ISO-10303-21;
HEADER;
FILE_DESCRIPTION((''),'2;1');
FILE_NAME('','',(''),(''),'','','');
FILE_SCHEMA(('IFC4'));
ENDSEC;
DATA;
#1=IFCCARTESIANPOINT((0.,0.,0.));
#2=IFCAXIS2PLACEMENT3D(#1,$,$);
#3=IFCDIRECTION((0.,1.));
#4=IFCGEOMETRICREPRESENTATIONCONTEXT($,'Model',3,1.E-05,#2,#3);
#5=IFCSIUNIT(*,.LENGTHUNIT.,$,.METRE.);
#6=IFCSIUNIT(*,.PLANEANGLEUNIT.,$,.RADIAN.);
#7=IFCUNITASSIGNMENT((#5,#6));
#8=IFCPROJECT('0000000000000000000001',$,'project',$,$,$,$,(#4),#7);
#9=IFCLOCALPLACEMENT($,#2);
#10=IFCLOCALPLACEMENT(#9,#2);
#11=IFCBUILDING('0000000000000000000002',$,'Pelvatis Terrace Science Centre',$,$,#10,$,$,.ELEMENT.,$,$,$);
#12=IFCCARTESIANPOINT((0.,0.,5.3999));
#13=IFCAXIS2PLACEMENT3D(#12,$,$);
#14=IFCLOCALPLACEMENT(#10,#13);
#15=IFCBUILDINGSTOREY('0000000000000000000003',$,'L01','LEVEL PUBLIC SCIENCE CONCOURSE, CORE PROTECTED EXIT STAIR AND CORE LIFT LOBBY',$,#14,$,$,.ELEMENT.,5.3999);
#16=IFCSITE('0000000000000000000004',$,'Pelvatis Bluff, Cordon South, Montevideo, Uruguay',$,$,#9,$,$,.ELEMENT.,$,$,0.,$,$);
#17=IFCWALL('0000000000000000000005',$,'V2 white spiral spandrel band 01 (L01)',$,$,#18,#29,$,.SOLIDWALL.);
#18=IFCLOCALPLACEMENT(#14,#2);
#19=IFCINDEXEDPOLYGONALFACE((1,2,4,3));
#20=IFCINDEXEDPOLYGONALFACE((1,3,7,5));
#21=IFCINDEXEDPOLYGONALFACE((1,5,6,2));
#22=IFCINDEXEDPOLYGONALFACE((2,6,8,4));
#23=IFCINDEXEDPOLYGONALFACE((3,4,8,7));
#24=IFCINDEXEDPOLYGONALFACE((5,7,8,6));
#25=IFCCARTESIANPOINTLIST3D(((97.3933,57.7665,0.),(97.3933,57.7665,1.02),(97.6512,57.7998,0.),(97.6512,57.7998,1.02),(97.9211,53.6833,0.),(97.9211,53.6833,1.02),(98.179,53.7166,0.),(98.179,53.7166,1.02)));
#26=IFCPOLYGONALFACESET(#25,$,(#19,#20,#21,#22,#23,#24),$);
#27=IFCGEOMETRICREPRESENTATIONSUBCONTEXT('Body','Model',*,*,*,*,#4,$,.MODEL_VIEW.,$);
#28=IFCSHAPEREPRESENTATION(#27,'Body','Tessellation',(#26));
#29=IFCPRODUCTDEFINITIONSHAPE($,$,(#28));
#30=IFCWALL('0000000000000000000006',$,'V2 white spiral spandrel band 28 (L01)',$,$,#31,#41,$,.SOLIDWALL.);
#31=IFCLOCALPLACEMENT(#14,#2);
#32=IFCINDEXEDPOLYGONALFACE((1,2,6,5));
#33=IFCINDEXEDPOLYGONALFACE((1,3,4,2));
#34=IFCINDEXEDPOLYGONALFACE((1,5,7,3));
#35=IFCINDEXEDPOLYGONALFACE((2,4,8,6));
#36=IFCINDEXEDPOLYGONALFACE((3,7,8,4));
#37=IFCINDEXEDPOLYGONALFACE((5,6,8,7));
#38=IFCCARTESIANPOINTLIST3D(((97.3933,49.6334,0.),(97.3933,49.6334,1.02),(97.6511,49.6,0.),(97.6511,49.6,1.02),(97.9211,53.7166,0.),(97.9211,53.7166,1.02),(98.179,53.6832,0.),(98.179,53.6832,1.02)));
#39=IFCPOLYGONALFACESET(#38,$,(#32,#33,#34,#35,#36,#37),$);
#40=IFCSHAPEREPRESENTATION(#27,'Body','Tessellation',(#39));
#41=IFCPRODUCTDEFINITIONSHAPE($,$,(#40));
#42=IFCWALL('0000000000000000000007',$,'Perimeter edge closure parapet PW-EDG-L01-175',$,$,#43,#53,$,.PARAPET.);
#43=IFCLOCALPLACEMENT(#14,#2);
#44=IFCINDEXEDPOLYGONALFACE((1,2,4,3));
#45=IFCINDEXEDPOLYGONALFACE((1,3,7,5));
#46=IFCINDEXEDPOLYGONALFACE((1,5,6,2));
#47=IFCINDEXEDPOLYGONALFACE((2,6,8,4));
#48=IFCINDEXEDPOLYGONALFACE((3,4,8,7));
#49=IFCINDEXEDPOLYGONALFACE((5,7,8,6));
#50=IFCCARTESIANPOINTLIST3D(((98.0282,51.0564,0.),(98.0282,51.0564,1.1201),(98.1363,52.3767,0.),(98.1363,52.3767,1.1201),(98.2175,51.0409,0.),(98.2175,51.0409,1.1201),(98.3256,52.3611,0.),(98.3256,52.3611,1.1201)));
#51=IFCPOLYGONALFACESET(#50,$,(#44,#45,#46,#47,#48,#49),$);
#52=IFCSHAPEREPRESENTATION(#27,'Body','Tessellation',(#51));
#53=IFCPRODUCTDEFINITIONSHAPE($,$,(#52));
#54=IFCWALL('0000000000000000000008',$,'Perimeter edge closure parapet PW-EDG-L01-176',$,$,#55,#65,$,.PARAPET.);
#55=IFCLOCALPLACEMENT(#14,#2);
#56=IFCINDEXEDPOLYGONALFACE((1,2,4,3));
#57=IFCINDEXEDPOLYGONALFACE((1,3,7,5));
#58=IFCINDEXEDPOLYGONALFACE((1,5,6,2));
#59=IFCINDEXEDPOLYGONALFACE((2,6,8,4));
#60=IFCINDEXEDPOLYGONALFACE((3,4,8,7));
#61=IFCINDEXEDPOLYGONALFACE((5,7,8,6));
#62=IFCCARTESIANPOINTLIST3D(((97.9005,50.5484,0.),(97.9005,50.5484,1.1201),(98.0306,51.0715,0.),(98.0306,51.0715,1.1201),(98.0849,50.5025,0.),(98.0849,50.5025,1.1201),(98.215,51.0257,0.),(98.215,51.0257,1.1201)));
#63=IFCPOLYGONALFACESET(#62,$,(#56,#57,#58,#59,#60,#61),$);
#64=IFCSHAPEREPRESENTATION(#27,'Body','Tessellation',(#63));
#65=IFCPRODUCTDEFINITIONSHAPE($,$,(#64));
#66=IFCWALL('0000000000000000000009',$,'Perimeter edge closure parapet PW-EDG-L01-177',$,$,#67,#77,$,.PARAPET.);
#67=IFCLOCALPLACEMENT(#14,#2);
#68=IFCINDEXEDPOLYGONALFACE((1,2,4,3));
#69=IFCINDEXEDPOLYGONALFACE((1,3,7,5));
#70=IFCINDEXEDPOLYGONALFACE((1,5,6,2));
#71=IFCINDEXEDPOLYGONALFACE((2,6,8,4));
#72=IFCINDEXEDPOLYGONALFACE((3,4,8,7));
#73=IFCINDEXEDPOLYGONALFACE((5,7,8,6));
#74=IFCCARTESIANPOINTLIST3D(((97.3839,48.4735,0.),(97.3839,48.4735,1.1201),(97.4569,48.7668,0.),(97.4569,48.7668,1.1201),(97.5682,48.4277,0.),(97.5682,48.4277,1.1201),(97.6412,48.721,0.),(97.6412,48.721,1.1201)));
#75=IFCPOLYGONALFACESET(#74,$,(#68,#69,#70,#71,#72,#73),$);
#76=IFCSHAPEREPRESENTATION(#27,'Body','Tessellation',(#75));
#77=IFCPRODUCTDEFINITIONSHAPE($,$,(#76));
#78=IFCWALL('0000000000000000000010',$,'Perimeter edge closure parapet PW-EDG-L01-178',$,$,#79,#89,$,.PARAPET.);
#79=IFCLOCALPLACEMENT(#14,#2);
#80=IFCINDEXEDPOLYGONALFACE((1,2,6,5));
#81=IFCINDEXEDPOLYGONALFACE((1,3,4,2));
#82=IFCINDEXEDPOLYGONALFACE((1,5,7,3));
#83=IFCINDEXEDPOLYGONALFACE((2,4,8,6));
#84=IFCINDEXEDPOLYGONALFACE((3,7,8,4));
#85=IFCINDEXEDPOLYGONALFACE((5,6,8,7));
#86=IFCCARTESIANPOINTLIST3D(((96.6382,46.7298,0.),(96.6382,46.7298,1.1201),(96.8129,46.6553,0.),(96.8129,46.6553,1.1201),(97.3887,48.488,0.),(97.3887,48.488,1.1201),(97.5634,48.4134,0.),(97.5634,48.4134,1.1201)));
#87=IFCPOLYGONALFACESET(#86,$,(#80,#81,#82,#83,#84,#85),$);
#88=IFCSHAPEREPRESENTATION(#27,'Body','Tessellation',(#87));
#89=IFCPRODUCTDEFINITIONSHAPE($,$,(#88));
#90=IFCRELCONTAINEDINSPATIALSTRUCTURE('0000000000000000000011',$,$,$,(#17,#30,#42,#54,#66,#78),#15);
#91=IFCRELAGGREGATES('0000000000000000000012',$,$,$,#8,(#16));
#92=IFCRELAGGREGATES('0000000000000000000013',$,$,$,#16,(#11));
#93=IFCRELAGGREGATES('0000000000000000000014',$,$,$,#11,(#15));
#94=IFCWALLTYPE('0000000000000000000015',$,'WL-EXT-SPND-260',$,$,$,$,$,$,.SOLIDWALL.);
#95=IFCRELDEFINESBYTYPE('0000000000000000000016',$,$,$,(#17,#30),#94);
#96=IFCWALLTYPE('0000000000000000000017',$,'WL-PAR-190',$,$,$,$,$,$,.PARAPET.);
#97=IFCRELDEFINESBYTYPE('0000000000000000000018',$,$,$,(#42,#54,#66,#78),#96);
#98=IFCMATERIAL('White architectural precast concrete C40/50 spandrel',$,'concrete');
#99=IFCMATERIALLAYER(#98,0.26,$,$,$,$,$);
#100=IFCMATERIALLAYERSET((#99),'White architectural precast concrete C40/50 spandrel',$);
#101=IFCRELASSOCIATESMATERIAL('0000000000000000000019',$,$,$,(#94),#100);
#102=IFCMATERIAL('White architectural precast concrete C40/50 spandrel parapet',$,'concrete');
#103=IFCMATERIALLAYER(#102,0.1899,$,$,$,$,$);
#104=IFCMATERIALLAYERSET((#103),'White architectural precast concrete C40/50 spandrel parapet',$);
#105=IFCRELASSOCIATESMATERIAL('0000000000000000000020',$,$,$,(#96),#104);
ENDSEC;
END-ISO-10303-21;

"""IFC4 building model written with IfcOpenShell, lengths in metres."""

from ifc_helpers import new_model, si_unit, direction, frame, frame_2d, origin, place, context, subcontext, project, spatial, rectangle, extrude, material, layer, layer_set, type_object, element, save


model = new_model("IFC4")

# Units and contexts
model_context = context("Model", 3, precision=1e-05, world=origin(), true_north=direction((0.0, 1.0)))
body_context = subcontext(model_context, "Body", "Model", "MODEL_VIEW")
ifc_project = project(units=[si_unit("LENGTHUNIT", "METRE"), si_unit("PLANEANGLEUNIT", "RADIAN")], contexts=[model_context])

# Site, building, storey
site_placement = place(None, origin())
site = spatial("IfcSite", under=ifc_project, at=site_placement, Name="Pelvatis Bluff, Cordon South, Montevideo, Uruguay", CompositionType="ELEMENT", RefElevation=0.0)
building_placement = place(site_placement, origin())
building = spatial("IfcBuilding", under=site, at=building_placement, Name="Pelvatis Terrace Science Centre", CompositionType="ELEMENT")
storey_placement = place(building_placement, frame((0.0, 0.0, 5.3999)))
storey = spatial("IfcBuildingStorey", under=building, at=storey_placement, Name="L01", Description="LEVEL PUBLIC SCIENCE CONCOURSE, CORE PROTECTED EXIT STAIR AND CORE LIFT LOBBY", CompositionType="ELEMENT", Elevation=5.3999)

# Walls
ifc_material_1 = material(Name="White architectural precast concrete C40/50 spandrel", Category="concrete")
ifc_layer_1 = layer(ifc_material_1, 0.26)
ifc_layer_set_1 = layer_set([ifc_layer_1], Name="White architectural precast concrete C40/50 spandrel")
wall_type_1 = type_object("IfcWallType", Name="WL-EXT-SPND-260", PredefinedType="SOLIDWALL", material=ifc_layer_set_1)
for number, where, z_axis, x_axis, name in (
    (1, (98.05, 53.7, 0.0), (0.0, 0.0, 1.0), (-0.128201, 0.991748, 0.0), "V2 white spiral spandrel band 01 (L01)"),
    (2, (97.5222, 49.6167, 0.0), (0.0, 0.0, 1.0), (0.128201, 0.991748, 0.0), "V2 white spiral spandrel band 28 (L01)"),
):
    element("IfcWall", number, at=place(storey_placement, frame(where, z_axis=z_axis, x_axis=x_axis)), inside=storey, type_object=wall_type_1, Name=name, PredefinedType="SOLIDWALL", context=body_context, shape_type="SweptSolid", body=[
        extrude(rectangle(XDim=4.1172, YDim=0.26, at=frame_2d((2.0586, 0.0))), origin(), (0.0, 0.0, 1.0), 1.02),
    ])
ifc_material_2 = material(Name="White architectural precast concrete C40/50 spandrel parapet", Category="concrete")
ifc_layer_2 = layer(ifc_material_2, 0.1899)
ifc_layer_set_2 = layer_set([ifc_layer_2], Name="White architectural precast concrete C40/50 spandrel parapet")
wall_type_2 = type_object("IfcWallType", Name="WL-PAR-190", PredefinedType="PARAPET", material=ifc_layer_set_2)
wall_1_placement = place(storey_placement, frame((98.231, 52.3689, 0.0), z_axis=(0.0, 0.0, 1.0), x_axis=(-0.081642, -0.996662, 0.0)))
element("IfcWall", 3, at=wall_1_placement, inside=storey, type_object=wall_type_2, Name="Perimeter edge closure parapet PW-EDG-L01-175", PredefinedType="PARAPET", context=body_context, shape_type="SweptSolid", body=[
    extrude(rectangle(XDim=1.3247, YDim=0.1899, at=frame_2d((0.6624, 0.0))), origin(), (0.0, 0.0, 1.0), 1.1201),
])
wall_2_placement = place(storey_placement, frame((98.1228, 51.0486, 0.0), z_axis=(0.0, 0.0, 1.0), x_axis=(-0.241363, -0.970435, 0.0)))
element("IfcWall", 4, at=wall_2_placement, inside=storey, type_object=wall_type_2, Name="Perimeter edge closure parapet PW-EDG-L01-176", PredefinedType="PARAPET", context=body_context, shape_type="SweptSolid", body=[
    extrude(rectangle(XDim=0.5391, YDim=0.1899, at=frame_2d((0.2695, 0.0))), origin(), (0.0, 0.0, 1.0), 1.1201),
])
wall_3_placement = place(storey_placement, frame((97.5491, 48.7439, 0.0), z_axis=(0.0, 0.0, 1.0), x_axis=(-0.241585, -0.97038, 0.0)))
element("IfcWall", 5, at=wall_3_placement, inside=storey, type_object=wall_type_2, Name="Perimeter edge closure parapet PW-EDG-L01-177", PredefinedType="PARAPET", context=body_context, shape_type="SweptSolid", body=[
    extrude(rectangle(XDim=0.3022, YDim=0.1899, at=frame_2d((0.1511, 0.0))), origin(), (0.0, 0.0, 1.0), 1.1201),
])
wall_4_placement = place(storey_placement, frame((97.4761, 48.4507, 0.0), z_axis=(0.0, 0.0, 1.0), x_axis=(-0.392609, -0.919706, 0.0)))
element("IfcWall", 6, at=wall_4_placement, inside=storey, type_object=wall_type_2, Name="Perimeter edge closure parapet PW-EDG-L01-178", PredefinedType="PARAPET", context=body_context, shape_type="SweptSolid", body=[
    extrude(rectangle(XDim=1.9116, YDim=0.1899, at=frame_2d((0.9558, 0.0))), origin(), (0.0, 0.0, 1.0), 1.1201),
])

save(model, "model.ifc")
